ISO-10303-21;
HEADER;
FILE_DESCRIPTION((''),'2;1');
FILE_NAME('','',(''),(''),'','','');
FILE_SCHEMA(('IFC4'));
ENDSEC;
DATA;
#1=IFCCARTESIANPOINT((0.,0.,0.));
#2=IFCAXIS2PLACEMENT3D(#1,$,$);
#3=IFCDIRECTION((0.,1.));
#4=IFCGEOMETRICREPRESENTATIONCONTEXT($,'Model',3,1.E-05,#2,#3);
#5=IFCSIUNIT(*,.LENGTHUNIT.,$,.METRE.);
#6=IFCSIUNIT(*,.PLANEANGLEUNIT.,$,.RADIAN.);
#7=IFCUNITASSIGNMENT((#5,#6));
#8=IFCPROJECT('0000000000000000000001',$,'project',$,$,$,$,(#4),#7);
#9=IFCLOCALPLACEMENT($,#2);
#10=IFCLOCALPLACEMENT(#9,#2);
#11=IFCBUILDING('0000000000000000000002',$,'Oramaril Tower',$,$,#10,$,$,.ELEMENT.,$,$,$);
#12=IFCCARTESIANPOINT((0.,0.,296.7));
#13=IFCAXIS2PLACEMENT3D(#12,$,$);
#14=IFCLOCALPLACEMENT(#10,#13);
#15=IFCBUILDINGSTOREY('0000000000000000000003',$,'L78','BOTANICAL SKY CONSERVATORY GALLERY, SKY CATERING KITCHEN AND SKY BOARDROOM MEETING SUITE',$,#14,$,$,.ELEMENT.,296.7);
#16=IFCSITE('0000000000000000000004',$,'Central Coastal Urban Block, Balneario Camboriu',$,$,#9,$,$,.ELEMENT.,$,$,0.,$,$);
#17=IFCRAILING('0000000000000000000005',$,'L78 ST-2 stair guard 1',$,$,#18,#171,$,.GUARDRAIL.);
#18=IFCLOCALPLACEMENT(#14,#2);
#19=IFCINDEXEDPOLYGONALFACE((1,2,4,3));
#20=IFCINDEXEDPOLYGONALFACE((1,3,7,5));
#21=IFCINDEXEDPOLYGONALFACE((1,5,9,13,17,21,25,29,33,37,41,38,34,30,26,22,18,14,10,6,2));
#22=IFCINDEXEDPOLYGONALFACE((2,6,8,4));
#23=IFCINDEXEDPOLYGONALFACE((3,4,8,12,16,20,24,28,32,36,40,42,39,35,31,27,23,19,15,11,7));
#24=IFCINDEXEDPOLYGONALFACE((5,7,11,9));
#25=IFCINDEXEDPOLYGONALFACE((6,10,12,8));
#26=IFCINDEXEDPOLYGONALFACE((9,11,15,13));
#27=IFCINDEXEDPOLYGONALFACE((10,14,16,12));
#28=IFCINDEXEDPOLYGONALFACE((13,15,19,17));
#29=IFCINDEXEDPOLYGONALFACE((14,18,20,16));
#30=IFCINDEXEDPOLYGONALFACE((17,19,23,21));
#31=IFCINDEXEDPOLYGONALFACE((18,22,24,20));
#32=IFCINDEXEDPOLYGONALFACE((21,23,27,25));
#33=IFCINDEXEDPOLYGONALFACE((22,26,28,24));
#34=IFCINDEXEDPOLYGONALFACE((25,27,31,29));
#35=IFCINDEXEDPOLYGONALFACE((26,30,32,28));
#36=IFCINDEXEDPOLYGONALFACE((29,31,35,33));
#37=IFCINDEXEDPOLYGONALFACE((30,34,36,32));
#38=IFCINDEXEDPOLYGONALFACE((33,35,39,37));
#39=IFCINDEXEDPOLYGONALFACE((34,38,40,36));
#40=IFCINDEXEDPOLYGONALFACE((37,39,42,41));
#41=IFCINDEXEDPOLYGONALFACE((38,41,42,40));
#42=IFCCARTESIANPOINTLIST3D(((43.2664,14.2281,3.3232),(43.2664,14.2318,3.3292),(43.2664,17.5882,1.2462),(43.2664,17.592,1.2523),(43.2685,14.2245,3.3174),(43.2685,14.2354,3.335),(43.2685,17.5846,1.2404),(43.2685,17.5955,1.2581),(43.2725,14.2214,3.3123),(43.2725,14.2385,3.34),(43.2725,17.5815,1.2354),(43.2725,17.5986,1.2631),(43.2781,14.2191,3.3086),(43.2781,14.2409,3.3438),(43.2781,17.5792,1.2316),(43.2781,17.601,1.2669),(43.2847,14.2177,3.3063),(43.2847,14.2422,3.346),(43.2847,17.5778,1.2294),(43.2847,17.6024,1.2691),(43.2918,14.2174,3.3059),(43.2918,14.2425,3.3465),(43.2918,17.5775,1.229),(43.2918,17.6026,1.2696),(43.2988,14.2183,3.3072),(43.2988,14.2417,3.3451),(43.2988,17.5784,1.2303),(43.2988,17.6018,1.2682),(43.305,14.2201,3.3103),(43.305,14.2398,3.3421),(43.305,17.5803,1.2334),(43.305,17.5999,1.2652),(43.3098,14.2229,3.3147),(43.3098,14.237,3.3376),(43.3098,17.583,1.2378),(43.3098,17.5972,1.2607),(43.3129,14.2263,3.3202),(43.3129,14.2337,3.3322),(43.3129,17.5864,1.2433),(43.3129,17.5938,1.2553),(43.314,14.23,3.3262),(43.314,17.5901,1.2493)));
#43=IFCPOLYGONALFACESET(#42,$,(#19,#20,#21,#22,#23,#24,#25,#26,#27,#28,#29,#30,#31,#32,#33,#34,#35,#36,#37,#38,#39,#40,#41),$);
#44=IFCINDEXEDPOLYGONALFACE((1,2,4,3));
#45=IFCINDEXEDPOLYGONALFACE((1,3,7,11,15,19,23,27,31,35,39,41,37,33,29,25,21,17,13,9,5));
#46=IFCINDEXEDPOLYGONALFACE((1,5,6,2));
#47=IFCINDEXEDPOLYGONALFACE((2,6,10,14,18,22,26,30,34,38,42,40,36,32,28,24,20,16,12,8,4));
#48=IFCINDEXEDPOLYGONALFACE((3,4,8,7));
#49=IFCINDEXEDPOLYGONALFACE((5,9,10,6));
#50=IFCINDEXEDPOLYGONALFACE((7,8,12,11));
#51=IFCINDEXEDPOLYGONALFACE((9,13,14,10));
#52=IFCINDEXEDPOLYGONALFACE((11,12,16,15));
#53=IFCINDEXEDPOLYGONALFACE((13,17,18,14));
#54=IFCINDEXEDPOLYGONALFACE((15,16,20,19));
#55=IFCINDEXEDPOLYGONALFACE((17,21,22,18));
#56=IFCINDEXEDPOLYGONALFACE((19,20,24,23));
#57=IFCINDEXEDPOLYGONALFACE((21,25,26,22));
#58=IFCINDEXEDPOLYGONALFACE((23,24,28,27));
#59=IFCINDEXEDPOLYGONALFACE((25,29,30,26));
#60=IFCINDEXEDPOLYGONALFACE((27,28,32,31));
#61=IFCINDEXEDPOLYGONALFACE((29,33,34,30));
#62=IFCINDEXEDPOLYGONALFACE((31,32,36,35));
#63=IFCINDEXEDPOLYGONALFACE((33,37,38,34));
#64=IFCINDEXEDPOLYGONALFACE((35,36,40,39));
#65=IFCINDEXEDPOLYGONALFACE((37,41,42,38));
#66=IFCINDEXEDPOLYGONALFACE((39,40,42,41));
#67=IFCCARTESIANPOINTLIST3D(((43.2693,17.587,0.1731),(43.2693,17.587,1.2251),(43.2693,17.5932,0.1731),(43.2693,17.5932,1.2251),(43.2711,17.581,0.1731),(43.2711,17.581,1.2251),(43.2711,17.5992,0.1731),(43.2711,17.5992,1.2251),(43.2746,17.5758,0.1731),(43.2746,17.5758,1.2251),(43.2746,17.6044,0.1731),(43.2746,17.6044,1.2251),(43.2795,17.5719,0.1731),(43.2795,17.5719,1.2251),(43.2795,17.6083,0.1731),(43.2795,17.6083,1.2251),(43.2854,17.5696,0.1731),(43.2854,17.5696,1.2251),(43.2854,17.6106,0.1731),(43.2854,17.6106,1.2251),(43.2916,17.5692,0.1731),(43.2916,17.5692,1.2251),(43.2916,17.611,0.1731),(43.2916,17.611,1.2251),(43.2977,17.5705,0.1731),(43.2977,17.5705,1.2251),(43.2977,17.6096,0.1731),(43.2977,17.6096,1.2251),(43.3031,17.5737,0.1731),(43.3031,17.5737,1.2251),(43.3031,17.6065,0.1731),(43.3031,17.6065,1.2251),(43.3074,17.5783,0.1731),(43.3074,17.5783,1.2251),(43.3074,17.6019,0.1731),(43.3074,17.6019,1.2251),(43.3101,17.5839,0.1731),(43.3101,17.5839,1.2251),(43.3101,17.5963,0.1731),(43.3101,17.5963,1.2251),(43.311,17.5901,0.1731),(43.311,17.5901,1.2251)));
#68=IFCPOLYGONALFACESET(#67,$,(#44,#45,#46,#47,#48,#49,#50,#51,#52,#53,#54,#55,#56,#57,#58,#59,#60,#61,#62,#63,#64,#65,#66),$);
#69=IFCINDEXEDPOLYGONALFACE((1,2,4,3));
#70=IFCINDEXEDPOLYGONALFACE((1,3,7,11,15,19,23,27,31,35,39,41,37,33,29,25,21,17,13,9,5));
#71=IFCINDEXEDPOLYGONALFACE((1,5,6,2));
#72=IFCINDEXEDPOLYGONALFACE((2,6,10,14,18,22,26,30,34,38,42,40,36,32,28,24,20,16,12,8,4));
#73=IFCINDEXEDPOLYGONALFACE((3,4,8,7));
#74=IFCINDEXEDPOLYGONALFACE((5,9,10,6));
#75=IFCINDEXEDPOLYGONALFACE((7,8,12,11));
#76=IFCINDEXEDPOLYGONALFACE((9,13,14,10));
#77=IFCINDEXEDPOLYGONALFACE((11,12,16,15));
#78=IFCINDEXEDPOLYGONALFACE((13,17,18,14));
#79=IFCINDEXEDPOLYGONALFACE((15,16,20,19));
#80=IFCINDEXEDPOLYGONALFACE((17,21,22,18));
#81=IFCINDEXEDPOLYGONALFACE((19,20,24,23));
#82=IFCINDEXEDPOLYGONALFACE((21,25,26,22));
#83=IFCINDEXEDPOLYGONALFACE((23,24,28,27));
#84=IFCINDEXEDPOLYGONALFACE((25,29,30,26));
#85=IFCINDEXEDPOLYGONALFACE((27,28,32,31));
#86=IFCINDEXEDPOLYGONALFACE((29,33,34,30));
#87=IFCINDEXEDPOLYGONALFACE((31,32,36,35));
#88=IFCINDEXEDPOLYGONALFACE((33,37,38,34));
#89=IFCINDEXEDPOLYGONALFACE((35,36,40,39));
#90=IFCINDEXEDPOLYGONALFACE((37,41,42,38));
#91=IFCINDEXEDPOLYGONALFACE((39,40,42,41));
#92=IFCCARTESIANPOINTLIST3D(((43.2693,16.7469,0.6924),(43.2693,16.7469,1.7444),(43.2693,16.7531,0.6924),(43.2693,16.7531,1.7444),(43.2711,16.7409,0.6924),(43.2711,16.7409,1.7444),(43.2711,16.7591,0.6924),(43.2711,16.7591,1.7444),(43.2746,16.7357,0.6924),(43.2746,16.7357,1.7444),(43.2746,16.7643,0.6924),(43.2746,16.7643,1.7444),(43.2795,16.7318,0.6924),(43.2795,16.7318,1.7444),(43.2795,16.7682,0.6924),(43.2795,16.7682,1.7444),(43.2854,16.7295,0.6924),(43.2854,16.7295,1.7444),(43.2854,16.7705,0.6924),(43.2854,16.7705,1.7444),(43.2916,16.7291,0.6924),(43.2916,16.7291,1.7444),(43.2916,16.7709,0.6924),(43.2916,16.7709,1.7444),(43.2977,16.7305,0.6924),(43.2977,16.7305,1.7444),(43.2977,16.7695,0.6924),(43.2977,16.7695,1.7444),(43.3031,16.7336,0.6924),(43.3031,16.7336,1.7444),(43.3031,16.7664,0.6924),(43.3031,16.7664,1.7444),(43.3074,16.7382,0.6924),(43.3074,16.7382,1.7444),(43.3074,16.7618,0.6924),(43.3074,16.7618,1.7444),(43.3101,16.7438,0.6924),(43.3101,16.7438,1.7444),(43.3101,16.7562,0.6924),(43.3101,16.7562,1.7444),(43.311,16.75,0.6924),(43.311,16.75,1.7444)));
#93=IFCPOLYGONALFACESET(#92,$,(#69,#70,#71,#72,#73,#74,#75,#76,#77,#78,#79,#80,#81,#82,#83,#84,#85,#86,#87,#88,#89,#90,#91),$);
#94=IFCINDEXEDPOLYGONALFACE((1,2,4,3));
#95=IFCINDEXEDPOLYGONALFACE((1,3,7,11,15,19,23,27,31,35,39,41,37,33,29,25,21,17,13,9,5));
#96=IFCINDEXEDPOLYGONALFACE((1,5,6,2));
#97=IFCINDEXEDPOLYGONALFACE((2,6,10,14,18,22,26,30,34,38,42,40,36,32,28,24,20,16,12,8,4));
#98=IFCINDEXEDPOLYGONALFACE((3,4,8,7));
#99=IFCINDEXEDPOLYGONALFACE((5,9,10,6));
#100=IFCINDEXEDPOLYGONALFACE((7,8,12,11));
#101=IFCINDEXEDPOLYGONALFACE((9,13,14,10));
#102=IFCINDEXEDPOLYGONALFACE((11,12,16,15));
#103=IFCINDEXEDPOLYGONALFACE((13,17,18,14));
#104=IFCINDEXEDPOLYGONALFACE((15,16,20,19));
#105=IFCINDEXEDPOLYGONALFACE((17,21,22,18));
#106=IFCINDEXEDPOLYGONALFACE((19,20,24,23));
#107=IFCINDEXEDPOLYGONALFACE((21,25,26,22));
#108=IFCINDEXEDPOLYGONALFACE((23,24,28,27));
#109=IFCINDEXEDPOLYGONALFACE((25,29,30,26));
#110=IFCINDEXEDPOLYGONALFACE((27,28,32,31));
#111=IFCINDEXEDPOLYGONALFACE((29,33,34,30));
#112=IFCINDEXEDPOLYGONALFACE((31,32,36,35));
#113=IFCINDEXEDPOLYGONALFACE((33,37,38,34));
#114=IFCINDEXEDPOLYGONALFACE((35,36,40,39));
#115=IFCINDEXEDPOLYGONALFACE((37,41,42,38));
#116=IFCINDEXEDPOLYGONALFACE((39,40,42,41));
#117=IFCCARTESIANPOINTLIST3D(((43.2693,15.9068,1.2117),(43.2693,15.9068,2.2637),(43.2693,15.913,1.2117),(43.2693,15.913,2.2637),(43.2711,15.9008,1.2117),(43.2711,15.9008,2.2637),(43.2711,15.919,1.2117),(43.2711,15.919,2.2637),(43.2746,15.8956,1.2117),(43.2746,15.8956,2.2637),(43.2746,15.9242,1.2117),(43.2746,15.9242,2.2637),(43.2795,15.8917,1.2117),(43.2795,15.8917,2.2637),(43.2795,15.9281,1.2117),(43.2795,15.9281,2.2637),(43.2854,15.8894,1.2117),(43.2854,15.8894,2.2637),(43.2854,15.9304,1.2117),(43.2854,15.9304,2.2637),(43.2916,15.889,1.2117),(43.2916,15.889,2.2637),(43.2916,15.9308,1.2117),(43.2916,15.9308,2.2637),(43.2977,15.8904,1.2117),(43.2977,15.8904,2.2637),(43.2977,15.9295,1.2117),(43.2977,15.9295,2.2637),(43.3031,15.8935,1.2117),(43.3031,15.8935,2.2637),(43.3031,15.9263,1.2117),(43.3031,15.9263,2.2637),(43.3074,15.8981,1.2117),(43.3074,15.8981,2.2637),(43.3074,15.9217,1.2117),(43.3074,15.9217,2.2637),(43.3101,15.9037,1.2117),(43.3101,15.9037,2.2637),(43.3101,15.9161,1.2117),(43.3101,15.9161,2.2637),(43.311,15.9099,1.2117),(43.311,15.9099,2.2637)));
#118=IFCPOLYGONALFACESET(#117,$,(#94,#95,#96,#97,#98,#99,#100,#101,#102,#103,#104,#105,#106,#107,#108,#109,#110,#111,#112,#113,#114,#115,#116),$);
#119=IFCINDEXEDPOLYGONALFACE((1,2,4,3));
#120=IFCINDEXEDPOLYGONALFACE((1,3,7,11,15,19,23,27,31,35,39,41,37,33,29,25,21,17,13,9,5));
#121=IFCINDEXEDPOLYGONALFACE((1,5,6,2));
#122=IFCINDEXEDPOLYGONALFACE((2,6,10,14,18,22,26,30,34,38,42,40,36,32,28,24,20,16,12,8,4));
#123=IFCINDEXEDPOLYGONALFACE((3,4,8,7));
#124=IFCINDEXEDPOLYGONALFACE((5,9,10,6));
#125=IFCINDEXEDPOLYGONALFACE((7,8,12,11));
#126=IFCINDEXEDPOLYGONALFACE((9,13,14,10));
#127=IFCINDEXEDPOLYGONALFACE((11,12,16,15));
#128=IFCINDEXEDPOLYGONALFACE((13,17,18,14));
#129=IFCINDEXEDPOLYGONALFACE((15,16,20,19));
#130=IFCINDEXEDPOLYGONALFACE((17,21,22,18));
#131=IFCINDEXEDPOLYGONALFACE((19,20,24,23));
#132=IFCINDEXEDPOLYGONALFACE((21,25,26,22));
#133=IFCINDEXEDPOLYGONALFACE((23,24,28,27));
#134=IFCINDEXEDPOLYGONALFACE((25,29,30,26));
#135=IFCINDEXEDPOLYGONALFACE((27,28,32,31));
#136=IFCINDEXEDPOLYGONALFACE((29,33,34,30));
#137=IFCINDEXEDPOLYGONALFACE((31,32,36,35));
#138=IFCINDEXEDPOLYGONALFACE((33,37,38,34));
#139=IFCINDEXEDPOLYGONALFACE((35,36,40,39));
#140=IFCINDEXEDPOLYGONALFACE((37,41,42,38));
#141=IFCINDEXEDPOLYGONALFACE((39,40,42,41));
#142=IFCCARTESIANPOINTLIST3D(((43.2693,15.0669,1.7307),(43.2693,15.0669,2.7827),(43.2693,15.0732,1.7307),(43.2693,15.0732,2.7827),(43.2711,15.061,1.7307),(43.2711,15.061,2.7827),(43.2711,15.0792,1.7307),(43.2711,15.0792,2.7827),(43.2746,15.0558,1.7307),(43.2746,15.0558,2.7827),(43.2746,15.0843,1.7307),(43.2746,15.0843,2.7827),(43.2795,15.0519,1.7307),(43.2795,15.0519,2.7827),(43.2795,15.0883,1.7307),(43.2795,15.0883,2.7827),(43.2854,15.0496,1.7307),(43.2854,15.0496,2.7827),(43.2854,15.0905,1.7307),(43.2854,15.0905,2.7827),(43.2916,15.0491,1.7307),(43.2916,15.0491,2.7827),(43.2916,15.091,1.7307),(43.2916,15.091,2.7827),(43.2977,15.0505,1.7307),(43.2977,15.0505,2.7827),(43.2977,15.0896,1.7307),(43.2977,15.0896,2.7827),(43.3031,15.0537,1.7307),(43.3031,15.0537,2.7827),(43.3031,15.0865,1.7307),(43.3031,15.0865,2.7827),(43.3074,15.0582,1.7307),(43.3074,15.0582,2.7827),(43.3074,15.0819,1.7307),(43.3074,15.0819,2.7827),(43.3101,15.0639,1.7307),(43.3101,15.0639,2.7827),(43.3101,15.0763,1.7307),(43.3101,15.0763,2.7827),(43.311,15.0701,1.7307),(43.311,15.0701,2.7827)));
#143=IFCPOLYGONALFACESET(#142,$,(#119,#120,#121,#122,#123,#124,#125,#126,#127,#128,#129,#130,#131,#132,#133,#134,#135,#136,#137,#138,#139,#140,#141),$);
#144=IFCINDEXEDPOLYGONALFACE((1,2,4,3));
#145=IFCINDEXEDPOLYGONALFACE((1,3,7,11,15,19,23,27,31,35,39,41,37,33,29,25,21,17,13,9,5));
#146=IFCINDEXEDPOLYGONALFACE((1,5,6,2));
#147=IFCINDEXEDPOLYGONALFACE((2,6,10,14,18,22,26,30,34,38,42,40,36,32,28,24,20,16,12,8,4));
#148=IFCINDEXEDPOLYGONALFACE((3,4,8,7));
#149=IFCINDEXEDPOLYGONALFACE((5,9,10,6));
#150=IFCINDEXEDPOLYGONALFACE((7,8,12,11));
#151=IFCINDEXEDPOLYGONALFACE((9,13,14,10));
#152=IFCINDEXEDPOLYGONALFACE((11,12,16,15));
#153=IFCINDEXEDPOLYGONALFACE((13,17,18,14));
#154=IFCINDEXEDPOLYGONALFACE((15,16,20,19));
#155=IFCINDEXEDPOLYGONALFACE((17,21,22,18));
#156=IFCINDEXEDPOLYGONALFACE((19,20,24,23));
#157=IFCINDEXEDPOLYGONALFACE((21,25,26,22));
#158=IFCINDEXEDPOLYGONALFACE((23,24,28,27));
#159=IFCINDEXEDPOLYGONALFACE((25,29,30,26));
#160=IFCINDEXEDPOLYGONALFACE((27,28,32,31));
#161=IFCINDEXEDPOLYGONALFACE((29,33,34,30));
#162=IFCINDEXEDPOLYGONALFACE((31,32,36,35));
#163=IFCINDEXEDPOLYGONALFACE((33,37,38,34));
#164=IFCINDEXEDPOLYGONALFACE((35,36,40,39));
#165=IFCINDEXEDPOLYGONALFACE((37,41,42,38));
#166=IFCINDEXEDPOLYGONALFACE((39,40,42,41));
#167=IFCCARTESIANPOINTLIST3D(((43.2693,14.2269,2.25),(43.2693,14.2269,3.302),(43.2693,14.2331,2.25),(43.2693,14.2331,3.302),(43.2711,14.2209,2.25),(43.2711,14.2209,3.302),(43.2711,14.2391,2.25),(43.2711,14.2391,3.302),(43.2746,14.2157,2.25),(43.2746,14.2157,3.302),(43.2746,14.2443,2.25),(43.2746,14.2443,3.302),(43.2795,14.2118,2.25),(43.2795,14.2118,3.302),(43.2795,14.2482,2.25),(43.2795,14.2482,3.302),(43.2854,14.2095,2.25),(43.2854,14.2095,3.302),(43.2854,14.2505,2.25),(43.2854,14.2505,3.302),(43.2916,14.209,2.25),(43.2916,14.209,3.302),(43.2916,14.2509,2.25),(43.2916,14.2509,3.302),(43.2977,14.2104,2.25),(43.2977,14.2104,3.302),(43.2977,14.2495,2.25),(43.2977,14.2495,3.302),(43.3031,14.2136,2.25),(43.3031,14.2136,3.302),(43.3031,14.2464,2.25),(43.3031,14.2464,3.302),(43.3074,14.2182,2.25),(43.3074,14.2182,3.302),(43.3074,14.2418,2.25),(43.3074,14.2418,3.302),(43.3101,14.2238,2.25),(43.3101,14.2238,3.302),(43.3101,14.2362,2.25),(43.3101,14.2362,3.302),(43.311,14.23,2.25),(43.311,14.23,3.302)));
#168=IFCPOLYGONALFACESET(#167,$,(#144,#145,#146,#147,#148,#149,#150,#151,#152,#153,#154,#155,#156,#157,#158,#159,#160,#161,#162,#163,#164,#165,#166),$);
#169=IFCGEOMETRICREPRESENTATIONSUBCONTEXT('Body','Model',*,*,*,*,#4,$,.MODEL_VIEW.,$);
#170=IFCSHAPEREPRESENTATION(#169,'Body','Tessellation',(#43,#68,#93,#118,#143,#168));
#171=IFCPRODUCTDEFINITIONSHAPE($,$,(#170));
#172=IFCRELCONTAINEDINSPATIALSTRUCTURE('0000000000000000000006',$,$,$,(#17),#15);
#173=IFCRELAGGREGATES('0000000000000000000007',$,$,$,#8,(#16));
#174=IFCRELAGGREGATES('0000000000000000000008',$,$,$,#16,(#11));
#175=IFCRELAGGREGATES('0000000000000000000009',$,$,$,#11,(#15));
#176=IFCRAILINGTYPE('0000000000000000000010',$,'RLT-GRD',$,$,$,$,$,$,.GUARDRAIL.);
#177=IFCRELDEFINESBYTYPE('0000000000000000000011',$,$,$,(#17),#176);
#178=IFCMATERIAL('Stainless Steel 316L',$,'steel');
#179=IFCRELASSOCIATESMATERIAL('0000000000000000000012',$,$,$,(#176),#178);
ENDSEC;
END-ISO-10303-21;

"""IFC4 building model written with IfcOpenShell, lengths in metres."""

from ifc_helpers import new_model, si_unit, direction, frame, origin, origin_2d, place, context, subcontext, project, spatial, circle, extrude, material, type_object, element, save


model = new_model("IFC4")

# Units and contexts
model_context = context("Model", 3, precision=1e-05, world=origin(), true_north=direction((0.0, 1.0)))
body_context = subcontext(model_context, "Body", "Model", "MODEL_VIEW")
ifc_project = project(units=[si_unit("LENGTHUNIT", "METRE"), si_unit("PLANEANGLEUNIT", "RADIAN")], contexts=[model_context])

# Site, building, storey
site_placement = place(None, origin())
site = spatial("IfcSite", under=ifc_project, at=site_placement, Name="Central Coastal Urban Block, Balneario Camboriu", CompositionType="ELEMENT", RefElevation=0.0)
building_placement = place(site_placement, origin())
building = spatial("IfcBuilding", under=site, at=building_placement, Name="Oramaril Tower", CompositionType="ELEMENT")
storey_placement = place(building_placement, frame((0.0, 0.0, 296.7)))
storey = spatial("IfcBuildingStorey", under=building, at=storey_placement, Name="L78", Description="BOTANICAL SKY CONSERVATORY GALLERY, SKY CATERING KITCHEN AND SKY BOARDROOM MEETING SUITE", CompositionType="ELEMENT", Elevation=296.7)

# Railing
ifc_material_1 = material(Name="Stainless Steel 316L", Category="steel")
railing_type_1 = type_object("IfcRailingType", Name="RLT-GRD", PredefinedType="GUARDRAIL", material=ifc_material_1)
railing_1_placement = place(storey_placement, frame((43.29, 17.5901, 0.1731)))
element("IfcRailing", 1, at=railing_1_placement, inside=storey, type_object=railing_type_1, Name="L78 ST-2 stair guard 1", PredefinedType="GUARDRAIL", context=body_context, shape_type="SweptSolid", body=[
    extrude(circle(Radius=0.0239, at=origin_2d()), frame((0.0, 0.0, 1.0762), z_axis=(0.0, -0.850623, 0.525776), x_axis=(1.0, 0.0, 0.0)), (0.0, 0.0, 1.0), 3.9502),
    extrude(circle(Radius=0.021, at=origin_2d()), origin(), (0.0, 0.0, 1.0), 1.052),
    extrude(circle(Radius=0.021, at=origin_2d()), frame((0.0, -0.8401, 0.5193)), (0.0, 0.0, 1.0), 1.052),
    extrude(circle(Radius=0.021, at=origin_2d()), frame((0.0, -1.6802, 1.0386)), (0.0, 0.0, 1.0), 1.052),
    extrude(circle(Radius=0.021, at=origin_2d()), frame((0.0, -2.52, 1.5576)), (0.0, 0.0, 1.0), 1.052),
    extrude(circle(Radius=0.021, at=origin_2d()), frame((0.0, -3.3601, 2.0769)), (0.0, 0.0, 1.0), 1.052),
])

save(model, "model.ifc")
